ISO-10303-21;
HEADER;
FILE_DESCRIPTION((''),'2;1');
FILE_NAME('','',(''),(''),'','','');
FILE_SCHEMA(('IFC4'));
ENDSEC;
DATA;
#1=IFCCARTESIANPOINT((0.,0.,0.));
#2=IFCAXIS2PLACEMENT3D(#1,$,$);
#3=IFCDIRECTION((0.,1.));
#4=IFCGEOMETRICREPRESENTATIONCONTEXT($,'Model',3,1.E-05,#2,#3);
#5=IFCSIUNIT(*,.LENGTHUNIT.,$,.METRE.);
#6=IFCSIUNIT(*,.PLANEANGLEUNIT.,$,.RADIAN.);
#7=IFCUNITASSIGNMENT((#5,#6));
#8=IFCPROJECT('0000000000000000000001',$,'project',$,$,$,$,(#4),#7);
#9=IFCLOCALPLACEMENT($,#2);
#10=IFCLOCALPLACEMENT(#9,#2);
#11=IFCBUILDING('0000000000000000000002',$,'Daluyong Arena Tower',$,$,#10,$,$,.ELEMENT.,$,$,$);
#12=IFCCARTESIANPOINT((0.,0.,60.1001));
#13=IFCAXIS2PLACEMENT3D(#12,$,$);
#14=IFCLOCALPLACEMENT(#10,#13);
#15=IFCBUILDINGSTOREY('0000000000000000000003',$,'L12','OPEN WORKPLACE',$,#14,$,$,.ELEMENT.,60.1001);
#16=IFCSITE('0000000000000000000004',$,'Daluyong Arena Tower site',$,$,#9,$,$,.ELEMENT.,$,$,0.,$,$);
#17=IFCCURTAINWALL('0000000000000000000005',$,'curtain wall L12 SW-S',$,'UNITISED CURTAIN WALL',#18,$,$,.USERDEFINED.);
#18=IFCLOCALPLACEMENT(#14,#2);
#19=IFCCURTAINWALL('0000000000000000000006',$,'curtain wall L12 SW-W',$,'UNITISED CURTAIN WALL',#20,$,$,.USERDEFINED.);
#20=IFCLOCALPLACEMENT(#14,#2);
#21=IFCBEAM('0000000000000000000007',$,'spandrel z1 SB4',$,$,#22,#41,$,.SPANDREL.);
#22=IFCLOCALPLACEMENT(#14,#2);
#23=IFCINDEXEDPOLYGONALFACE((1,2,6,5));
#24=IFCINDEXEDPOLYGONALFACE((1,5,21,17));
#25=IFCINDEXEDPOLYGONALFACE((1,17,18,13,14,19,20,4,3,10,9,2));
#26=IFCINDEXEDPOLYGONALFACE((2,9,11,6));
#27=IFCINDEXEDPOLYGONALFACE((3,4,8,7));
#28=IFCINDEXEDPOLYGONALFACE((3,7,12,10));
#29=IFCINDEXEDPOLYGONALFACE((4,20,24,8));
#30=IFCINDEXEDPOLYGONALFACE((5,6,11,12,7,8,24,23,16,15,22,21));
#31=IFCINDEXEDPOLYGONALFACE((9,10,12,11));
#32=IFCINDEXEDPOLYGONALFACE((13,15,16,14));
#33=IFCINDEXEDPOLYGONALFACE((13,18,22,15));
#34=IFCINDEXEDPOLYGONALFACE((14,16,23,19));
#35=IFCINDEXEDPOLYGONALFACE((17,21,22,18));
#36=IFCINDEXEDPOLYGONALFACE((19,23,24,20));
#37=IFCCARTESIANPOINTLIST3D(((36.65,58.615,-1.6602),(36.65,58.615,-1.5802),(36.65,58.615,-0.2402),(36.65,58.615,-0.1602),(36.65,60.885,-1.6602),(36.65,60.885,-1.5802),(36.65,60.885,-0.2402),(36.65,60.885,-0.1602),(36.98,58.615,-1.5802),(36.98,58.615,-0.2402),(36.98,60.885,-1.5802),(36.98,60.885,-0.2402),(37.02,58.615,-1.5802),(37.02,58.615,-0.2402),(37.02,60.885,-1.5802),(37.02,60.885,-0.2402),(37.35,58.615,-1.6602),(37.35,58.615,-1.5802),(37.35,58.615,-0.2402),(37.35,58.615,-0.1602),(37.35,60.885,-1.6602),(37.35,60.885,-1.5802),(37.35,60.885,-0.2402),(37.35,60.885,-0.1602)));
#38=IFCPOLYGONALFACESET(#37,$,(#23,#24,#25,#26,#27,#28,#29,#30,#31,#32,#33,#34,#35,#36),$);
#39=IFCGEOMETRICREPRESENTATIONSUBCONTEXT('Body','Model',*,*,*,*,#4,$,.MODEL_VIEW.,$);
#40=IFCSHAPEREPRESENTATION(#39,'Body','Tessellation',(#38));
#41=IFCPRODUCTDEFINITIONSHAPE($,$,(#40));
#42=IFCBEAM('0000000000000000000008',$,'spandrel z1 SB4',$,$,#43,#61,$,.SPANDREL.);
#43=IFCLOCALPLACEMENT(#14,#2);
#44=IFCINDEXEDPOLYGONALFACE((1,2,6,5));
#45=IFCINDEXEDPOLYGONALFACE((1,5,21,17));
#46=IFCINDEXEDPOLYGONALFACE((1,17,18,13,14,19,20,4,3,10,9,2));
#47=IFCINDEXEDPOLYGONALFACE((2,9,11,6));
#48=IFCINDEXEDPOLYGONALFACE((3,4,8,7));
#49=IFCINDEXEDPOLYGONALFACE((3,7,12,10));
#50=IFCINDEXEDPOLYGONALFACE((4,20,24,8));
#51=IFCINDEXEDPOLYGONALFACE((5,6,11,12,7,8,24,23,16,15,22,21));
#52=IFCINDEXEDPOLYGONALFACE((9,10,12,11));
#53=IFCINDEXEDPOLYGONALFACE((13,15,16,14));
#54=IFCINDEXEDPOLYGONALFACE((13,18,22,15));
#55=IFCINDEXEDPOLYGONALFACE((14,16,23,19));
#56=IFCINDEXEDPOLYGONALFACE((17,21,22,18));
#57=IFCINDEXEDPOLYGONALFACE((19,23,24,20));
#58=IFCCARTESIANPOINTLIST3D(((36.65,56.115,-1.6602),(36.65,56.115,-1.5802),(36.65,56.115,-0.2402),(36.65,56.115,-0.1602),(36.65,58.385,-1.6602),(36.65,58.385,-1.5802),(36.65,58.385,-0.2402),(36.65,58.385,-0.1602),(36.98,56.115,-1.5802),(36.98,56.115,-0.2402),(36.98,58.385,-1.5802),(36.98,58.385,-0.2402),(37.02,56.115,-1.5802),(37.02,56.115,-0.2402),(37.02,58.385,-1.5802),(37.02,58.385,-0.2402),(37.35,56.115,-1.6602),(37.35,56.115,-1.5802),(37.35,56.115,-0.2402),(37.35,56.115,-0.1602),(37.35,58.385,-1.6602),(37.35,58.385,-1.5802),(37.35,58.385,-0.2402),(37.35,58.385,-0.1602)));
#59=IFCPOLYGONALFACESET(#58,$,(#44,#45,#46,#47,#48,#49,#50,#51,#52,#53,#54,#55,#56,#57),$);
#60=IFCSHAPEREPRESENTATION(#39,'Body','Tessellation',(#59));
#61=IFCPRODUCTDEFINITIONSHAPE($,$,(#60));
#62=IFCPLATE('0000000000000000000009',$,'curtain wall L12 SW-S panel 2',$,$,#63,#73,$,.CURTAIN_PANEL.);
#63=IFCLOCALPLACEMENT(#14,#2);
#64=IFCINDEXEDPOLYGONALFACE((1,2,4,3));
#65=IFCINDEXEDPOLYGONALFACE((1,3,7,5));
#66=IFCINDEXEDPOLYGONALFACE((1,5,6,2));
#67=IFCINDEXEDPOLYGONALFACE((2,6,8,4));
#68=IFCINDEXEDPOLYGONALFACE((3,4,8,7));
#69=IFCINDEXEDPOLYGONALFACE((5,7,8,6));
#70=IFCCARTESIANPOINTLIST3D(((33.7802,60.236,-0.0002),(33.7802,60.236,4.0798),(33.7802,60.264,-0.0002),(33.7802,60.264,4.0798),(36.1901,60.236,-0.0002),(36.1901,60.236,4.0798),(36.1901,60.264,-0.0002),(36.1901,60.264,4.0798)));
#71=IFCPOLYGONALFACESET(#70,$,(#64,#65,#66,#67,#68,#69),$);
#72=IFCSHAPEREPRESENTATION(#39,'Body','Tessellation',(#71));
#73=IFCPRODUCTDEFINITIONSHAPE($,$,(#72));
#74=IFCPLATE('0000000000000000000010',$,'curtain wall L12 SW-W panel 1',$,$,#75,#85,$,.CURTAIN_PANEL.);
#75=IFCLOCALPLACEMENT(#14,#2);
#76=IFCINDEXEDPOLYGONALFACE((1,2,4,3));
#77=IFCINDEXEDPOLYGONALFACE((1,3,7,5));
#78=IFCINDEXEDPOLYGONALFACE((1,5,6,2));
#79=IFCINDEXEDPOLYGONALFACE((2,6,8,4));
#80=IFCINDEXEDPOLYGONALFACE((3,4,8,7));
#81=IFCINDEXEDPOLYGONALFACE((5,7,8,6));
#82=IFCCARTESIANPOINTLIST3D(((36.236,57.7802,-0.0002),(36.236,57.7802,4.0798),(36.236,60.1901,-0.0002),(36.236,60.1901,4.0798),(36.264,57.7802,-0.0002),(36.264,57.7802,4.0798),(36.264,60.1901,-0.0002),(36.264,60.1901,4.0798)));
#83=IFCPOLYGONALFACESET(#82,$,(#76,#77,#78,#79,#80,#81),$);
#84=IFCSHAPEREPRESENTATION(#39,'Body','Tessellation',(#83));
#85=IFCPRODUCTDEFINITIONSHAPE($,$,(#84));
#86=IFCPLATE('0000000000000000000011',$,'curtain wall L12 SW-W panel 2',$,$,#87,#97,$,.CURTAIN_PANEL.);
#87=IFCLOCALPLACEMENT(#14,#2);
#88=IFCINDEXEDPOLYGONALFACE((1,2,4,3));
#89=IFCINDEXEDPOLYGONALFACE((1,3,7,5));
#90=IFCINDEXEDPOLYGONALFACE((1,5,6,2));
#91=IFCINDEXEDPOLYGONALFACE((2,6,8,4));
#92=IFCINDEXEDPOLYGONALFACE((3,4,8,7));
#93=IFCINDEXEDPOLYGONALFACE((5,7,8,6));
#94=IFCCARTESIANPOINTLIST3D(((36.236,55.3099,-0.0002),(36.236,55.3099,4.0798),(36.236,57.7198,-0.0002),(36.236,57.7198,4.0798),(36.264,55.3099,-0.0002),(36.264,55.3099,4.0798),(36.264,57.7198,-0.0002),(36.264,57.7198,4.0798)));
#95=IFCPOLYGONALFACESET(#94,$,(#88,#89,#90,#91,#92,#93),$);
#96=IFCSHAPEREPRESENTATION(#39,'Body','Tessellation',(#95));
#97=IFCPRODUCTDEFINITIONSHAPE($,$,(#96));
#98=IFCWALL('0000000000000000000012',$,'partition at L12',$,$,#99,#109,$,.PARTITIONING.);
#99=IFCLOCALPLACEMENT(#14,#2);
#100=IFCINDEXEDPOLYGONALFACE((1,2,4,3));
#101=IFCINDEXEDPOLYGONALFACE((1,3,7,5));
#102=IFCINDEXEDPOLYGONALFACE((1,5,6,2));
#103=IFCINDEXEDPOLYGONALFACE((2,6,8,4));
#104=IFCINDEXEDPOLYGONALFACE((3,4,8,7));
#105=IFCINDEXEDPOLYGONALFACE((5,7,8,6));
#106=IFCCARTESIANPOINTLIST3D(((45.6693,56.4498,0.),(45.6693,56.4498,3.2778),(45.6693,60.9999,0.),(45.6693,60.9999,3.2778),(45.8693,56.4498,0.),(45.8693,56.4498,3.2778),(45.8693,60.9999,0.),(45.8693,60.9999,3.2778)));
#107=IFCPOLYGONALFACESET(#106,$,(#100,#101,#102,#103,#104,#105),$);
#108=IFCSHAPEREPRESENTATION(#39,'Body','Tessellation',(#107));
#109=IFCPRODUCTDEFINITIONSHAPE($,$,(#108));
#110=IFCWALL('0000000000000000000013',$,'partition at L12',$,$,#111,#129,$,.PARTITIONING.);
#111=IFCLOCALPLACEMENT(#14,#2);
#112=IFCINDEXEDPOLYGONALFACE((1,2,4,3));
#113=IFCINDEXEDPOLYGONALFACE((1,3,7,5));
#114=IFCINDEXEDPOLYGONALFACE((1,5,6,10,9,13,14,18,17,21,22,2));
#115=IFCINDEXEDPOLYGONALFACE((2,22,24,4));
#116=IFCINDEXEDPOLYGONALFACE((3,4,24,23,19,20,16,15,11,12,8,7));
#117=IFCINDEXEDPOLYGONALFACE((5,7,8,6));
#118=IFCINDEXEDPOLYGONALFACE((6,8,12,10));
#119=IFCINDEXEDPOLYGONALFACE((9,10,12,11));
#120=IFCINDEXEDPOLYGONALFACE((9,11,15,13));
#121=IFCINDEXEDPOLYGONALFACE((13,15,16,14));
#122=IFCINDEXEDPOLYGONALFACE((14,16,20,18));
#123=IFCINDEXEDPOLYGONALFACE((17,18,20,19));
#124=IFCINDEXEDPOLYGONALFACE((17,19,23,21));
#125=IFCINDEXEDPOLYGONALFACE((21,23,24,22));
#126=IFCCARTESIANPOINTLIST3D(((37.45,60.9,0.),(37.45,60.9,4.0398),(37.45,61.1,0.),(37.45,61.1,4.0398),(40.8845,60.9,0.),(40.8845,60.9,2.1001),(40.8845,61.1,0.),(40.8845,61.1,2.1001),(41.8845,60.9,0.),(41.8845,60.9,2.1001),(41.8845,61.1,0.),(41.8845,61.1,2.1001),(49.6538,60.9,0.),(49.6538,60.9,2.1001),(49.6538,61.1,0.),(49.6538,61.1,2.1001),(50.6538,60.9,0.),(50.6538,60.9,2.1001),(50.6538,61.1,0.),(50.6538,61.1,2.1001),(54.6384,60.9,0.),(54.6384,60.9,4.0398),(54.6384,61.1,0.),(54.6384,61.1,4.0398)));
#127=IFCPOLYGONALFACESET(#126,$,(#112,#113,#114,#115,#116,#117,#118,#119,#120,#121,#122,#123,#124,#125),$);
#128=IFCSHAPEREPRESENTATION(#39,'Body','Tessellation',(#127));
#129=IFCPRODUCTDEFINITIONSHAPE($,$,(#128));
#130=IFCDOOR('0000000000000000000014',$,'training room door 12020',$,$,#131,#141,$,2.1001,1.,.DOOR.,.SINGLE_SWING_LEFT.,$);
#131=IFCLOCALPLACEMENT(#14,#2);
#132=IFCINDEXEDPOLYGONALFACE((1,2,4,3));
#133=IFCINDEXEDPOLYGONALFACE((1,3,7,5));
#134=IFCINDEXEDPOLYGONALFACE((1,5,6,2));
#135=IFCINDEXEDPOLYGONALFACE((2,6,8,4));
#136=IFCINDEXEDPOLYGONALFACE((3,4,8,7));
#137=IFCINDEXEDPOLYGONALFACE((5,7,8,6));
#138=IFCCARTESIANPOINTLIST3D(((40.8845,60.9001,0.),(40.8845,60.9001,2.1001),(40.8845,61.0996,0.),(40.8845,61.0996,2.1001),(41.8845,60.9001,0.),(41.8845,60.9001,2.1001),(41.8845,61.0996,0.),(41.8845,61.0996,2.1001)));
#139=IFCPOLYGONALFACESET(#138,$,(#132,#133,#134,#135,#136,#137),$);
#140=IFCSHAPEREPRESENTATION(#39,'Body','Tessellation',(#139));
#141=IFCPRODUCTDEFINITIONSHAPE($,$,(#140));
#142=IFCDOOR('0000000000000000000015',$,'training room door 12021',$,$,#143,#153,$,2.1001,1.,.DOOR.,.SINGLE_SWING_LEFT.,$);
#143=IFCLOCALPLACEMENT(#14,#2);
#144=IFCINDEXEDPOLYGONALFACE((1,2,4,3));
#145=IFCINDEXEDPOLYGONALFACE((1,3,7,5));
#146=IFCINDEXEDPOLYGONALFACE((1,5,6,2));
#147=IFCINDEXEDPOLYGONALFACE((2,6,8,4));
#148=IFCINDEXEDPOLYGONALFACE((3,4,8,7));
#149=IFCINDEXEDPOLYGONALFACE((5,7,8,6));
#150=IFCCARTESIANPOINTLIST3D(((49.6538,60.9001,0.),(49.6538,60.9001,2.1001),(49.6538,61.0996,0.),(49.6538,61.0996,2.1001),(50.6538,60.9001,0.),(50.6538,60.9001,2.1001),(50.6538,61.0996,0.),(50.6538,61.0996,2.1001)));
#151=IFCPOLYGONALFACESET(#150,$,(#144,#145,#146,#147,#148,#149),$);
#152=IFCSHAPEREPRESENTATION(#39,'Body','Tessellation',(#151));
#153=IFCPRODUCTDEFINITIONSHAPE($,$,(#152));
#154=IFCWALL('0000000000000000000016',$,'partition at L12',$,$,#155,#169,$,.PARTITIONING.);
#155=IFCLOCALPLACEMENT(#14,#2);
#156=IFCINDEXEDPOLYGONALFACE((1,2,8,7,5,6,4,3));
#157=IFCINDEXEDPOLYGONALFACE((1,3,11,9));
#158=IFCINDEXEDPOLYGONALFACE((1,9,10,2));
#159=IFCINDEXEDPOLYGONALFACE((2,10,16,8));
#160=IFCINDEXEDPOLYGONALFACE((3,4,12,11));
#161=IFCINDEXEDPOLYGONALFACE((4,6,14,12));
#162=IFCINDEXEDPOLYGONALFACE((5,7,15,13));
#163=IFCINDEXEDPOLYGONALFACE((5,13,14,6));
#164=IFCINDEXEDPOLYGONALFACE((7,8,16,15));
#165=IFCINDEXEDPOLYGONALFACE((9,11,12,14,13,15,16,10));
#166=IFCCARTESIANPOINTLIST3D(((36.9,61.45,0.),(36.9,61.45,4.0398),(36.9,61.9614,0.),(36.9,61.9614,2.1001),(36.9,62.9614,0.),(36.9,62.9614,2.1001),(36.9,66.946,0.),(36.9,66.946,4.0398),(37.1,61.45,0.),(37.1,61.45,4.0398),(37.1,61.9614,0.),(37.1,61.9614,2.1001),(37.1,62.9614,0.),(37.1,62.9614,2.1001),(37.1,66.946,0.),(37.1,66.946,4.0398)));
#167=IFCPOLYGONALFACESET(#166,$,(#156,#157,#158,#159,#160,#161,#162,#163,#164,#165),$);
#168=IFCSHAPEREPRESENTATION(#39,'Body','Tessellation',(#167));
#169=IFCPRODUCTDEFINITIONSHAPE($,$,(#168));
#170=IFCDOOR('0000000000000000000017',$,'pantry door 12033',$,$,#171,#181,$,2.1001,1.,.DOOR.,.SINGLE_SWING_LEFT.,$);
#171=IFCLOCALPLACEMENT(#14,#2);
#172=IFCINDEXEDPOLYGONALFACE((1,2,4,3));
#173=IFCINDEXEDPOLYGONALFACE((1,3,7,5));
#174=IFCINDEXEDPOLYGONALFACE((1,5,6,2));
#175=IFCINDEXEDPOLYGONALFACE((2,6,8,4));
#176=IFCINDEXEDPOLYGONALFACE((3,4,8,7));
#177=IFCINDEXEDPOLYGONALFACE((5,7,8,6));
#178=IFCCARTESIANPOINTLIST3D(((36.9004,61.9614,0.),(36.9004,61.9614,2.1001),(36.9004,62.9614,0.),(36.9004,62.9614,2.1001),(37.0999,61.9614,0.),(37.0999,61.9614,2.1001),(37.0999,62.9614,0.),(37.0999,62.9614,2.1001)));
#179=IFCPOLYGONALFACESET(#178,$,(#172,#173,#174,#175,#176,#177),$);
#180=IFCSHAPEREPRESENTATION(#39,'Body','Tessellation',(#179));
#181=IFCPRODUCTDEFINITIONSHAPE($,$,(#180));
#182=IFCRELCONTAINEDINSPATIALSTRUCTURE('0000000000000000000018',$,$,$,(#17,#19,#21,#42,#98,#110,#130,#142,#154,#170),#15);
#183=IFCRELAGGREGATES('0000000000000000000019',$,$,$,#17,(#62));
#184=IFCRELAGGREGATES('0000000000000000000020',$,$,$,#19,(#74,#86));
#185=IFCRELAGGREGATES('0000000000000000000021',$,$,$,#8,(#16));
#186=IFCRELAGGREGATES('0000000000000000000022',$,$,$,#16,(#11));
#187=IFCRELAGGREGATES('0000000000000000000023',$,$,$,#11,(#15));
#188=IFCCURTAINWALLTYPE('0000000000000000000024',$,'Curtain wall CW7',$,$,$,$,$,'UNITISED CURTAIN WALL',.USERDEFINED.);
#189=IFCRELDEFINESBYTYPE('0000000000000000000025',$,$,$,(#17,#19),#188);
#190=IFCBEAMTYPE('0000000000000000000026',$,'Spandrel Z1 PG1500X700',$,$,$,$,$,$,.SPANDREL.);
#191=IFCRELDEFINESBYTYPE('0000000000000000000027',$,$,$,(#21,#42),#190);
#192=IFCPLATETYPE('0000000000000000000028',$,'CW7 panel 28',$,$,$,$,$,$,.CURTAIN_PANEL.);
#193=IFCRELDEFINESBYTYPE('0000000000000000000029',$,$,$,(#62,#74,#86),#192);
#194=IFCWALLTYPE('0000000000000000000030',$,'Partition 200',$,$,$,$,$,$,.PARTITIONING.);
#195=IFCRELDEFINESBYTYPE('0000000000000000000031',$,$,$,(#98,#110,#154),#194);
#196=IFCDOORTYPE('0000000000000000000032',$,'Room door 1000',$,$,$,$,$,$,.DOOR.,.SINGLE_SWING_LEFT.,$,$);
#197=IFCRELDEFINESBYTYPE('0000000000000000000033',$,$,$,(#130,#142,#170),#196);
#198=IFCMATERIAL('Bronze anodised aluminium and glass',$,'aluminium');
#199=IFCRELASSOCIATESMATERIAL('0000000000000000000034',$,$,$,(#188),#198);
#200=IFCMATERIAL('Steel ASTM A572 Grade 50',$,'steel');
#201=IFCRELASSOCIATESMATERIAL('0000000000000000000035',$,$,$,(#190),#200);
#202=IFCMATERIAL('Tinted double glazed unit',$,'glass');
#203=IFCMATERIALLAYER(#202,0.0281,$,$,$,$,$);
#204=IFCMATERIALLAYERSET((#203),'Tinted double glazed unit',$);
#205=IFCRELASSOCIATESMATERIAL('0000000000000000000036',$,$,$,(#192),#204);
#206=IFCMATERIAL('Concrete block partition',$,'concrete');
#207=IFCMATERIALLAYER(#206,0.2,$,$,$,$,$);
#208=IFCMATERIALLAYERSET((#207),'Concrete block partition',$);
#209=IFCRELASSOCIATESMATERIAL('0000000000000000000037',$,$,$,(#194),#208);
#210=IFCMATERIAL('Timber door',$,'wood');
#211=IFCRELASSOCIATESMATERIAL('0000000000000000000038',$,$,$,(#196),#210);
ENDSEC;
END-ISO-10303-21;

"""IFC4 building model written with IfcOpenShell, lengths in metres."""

from ifc_helpers import new_model, si_unit, direction, frame, frame_2d, origin, origin_2d, place, context, subcontext, project, spatial, rectangle, i_section, extrude, material, layer, layer_set, material_profile, profile_set, type_object, element, fill, aggregate, save


model = new_model("IFC4")

# Units and contexts
model_context = context("Model", 3, precision=1e-05, world=origin(), true_north=direction((0.0, 1.0)))
body_context = subcontext(model_context, "Body", "Model", "MODEL_VIEW")
ifc_project = project(units=[si_unit("LENGTHUNIT", "METRE"), si_unit("PLANEANGLEUNIT", "RADIAN")], contexts=[model_context])

# Site, building, storey
site_placement = place(None, origin())
site = spatial("IfcSite", under=ifc_project, at=site_placement, Name="Daluyong Arena Tower site", CompositionType="ELEMENT", RefElevation=0.0)
building_placement = place(site_placement, origin())
building = spatial("IfcBuilding", under=site, at=building_placement, Name="Daluyong Arena Tower", CompositionType="ELEMENT")
storey_placement = place(building_placement, frame((0.0, 0.0, 60.1001)))
storey = spatial("IfcBuildingStorey", under=building, at=storey_placement, Name="L12", Description="OPEN WORKPLACE", CompositionType="ELEMENT", Elevation=60.1001)

# Curtain wall
ifc_material_1 = material(Name="Bronze anodised aluminium and glass", Category="aluminium")
curtain_wall_type = type_object("IfcCurtainWallType", Name="Curtain wall CW7", ElementType="UNITISED CURTAIN WALL", PredefinedType="USERDEFINED", material=ifc_material_1)
curtain_wall_1_placement = place(storey_placement, origin())
curtain_wall_1 = element("IfcCurtainWall", 1, at=curtain_wall_1_placement, inside=storey, type_object=curtain_wall_type, Name="curtain wall L12 SW-S", ObjectType="UNITISED CURTAIN WALL", PredefinedType="USERDEFINED")

# Curtain wall
curtain_wall_2_placement = place(storey_placement, origin())
curtain_wall_2 = element("IfcCurtainWall", 2, at=curtain_wall_2_placement, inside=storey, type_object=curtain_wall_type, Name="curtain wall L12 SW-W", ObjectType="UNITISED CURTAIN WALL", PredefinedType="USERDEFINED")

# Beams
ifc_material_2 = material(Name="Steel ASTM A572 Grade 50", Category="steel")
ifc_material_profile_1 = material_profile(ifc_material_2, i_section(OverallWidth=0.7, OverallDepth=1.5, WebThickness=0.04, FlangeThickness=0.08, at=origin_2d()))
ifc_profile_set_1 = profile_set([ifc_material_profile_1], Name="Steel ASTM A572 Grade 50")
beam_type_1 = type_object("IfcBeamType", Name="Spandrel Z1 PG1500X700", PredefinedType="SPANDREL", material=ifc_profile_set_1)
for number, where, z_axis, x_axis, name in (
    (3, (37.0, 60.885, -0.9102), (0.0, -1.0, 0.0), (1.0, 0.0, 0.0), "spandrel z1 SB4"),
    (4, (37.0, 58.385, -0.9102), (0.0, -1.0, 0.0), (1.0, 0.0, 0.0), "spandrel z1 SB4"),
):
    element("IfcBeam", number, at=place(storey_placement, frame(where, z_axis=z_axis, x_axis=x_axis)), inside=storey, type_object=beam_type_1, Name=name, PredefinedType="SPANDREL", context=body_context, shape_type="SweptSolid", body=[
        extrude(i_section(OverallWidth=0.7, OverallDepth=1.5, WebThickness=0.04, FlangeThickness=0.08, at=origin_2d()), origin(), (0.0, 0.0, 1.0), 2.27),
    ])

# Plates
ifc_material_3 = material(Name="Tinted double glazed unit", Category="glass")
ifc_layer_1 = layer(ifc_material_3, 0.0281)
ifc_layer_set_1 = layer_set([ifc_layer_1], Name="Tinted double glazed unit")
plate_type = type_object("IfcPlateType", Name="CW7 panel 28", PredefinedType="CURTAIN_PANEL", material=ifc_layer_set_1)
plate_1_placement = place(storey_placement, frame((34.9851, 60.25, -0.0002), z_axis=(0.0, 0.0, 1.0), x_axis=(1.0, 0.0, 0.0)))
plate_1 = element("IfcPlate", 5, at=plate_1_placement, type_object=plate_type, Name="curtain wall L12 SW-S panel 2", PredefinedType="CURTAIN_PANEL", context=body_context, shape_type="SweptSolid", body=[
    extrude(rectangle(XDim=2.4099, YDim=0.0281, at=origin_2d()), origin(), (0.0, 0.0, 1.0), 4.0801),
])
aggregate(curtain_wall_1, [plate_1])
plate_2_placement = place(storey_placement, frame((36.25, 58.9851, -0.0002), z_axis=(0.0, 0.0, 1.0), x_axis=(0.0, -1.0, 0.0)))
plate_2 = element("IfcPlate", 6, at=plate_2_placement, type_object=plate_type, Name="curtain wall L12 SW-W panel 1", PredefinedType="CURTAIN_PANEL", context=body_context, shape_type="SweptSolid", body=[
    extrude(rectangle(XDim=2.4099, YDim=0.0281, at=origin_2d()), origin(), (0.0, 0.0, 1.0), 4.0801),
])
plate_3_placement = place(storey_placement, frame((36.25, 56.5149, -0.0002), z_axis=(0.0, 0.0, 1.0), x_axis=(0.0, -1.0, 0.0)))
plate_3 = element("IfcPlate", 7, at=plate_3_placement, type_object=plate_type, Name="curtain wall L12 SW-W panel 2", PredefinedType="CURTAIN_PANEL", context=body_context, shape_type="SweptSolid", body=[
    extrude(rectangle(XDim=2.4099, YDim=0.0281, at=origin_2d()), origin(), (0.0, 0.0, 1.0), 4.0801),
])
aggregate(curtain_wall_2, [plate_2, plate_3])

# Wall
ifc_material_4 = material(Name="Concrete block partition", Category="concrete")
ifc_layer_2 = layer(ifc_material_4, 0.2)
ifc_layer_set_2 = layer_set([ifc_layer_2], Name="Concrete block partition")
wall_type = type_object("IfcWallType", Name="Partition 200", PredefinedType="PARTITIONING", material=ifc_layer_set_2)
wall_1_placement = place(storey_placement, frame((45.7693, 56.45, 0.0), z_axis=(0.0, 0.0, 1.0), x_axis=(0.0, 1.0, 0.0)))
element("IfcWall", 8, at=wall_1_placement, inside=storey, type_object=wall_type, Name="partition at L12", PredefinedType="PARTITIONING", context=body_context, shape_type="SweptSolid", body=[
    extrude(rectangle(XDim=4.55, YDim=0.2, at=frame_2d((2.2749, 0.0))), origin(), (0.0, 0.0, 1.0), 3.2778),
])

# Wall, openings, doors
wall_2_placement = place(storey_placement, frame((37.45, 61.0, 0.0), z_axis=(0.0, 0.0, 1.0), x_axis=(1.0, 0.0, 0.0)))
wall_2 = element("IfcWall", 9, at=wall_2_placement, inside=storey, type_object=wall_type, Name="partition at L12", PredefinedType="PARTITIONING", context=body_context, shape_type="SweptSolid", body=[
    extrude(rectangle(XDim=17.1885, YDim=0.2, at=frame_2d((8.5942, 0.0))), origin(), (0.0, 0.0, 1.0), 4.0398),
])
opening_1_placement = place(wall_2_placement, frame((3.4346, 0.0, 0.0)))
opening_1 = element("IfcOpeningElement", 10, at=opening_1_placement, cuts=wall_2, PredefinedType="OPENING", context=body_context, shape_type="SweptSolid", body=[
    extrude(rectangle(XDim=1.0, YDim=2.1001, at=frame_2d((0.5, 1.05))), frame((0.0, 0.1099, 0.0), z_axis=(0.0, -1.0, 0.0), x_axis=(1.0, 0.0, 0.0)), (0.0, 0.0, 1.0), 0.22),
])
opening_2_placement = place(wall_2_placement, frame((12.2039, 0.0, 0.0)))
opening_2 = element("IfcOpeningElement", 11, at=opening_2_placement, cuts=wall_2, PredefinedType="OPENING", context=body_context, shape_type="SweptSolid", body=[
    extrude(rectangle(XDim=1.0, YDim=2.1001, at=frame_2d((0.5, 1.05))), frame((0.0, 0.1099, 0.0), z_axis=(0.0, -1.0, 0.0), x_axis=(1.0, 0.0, 0.0)), (0.0, 0.0, 1.0), 0.22),
])
ifc_material_5 = material(Name="Timber door", Category="wood")
door_type = type_object("IfcDoorType", Name="Room door 1000", OperationType="SINGLE_SWING_LEFT", PredefinedType="DOOR", material=ifc_material_5)
door_1_placement = place(opening_1_placement, origin())
door_1 = element("IfcDoor", 12, at=door_1_placement, inside=storey, type_object=door_type, Name="training room door 12020", OperationType="SINGLE_SWING_LEFT", OverallHeight=2.1001, OverallWidth=1.0, PredefinedType="DOOR", context=body_context, shape_type="SweptSolid", body=[
    extrude(rectangle(XDim=1.0, YDim=2.1001, at=frame_2d((0.5, 1.05))), frame((0.0, 0.0996, 0.0), z_axis=(0.0, -1.0, 0.0), x_axis=(1.0, 0.0, 0.0)), (0.0, 0.0, 1.0), 0.1995),
])
fill(opening_1, door_1)
door_2_placement = place(opening_2_placement, origin())
door_2 = element("IfcDoor", 13, at=door_2_placement, inside=storey, type_object=door_type, Name="training room door 12021", OperationType="SINGLE_SWING_LEFT", OverallHeight=2.1001, OverallWidth=1.0, PredefinedType="DOOR", context=body_context, shape_type="SweptSolid", body=[
    extrude(rectangle(XDim=1.0, YDim=2.1001, at=frame_2d((0.5, 1.05))), frame((0.0, 0.0996, 0.0), z_axis=(0.0, -1.0, 0.0), x_axis=(1.0, 0.0, 0.0)), (0.0, 0.0, 1.0), 0.1995),
])
fill(opening_2, door_2)

# Wall, opening, door
wall_3_placement = place(storey_placement, frame((37.0, 61.45, 0.0), z_axis=(0.0, 0.0, 1.0), x_axis=(0.0, 1.0, 0.0)))
wall_3 = element("IfcWall", 14, at=wall_3_placement, inside=storey, type_object=wall_type, Name="partition at L12", PredefinedType="PARTITIONING", context=body_context, shape_type="SweptSolid", body=[
    extrude(rectangle(XDim=5.4961, YDim=0.2, at=frame_2d((2.748, 0.0))), origin(), (0.0, 0.0, 1.0), 4.0398),
])
opening_3_placement = place(wall_3_placement, frame((0.5115, 0.0, 0.0)))
opening_3 = element("IfcOpeningElement", 15, at=opening_3_placement, cuts=wall_3, PredefinedType="OPENING", context=body_context, shape_type="SweptSolid", body=[
    extrude(rectangle(XDim=1.0, YDim=2.1001, at=frame_2d((0.5, 1.05))), frame((0.0, 0.1099, 0.0), z_axis=(0.0, -1.0, 0.0), x_axis=(1.0, 0.0, 0.0)), (0.0, 0.0, 1.0), 0.22),
])
door_3_placement = place(opening_3_placement, origin())
door_3 = element("IfcDoor", 16, at=door_3_placement, inside=storey, type_object=door_type, Name="pantry door 12033", OperationType="SINGLE_SWING_LEFT", OverallHeight=2.1001, OverallWidth=1.0, PredefinedType="DOOR", context=body_context, shape_type="SweptSolid", body=[
    extrude(rectangle(XDim=1.0, YDim=2.1001, at=frame_2d((0.5, 1.05))), frame((0.0, 0.0996, 0.0), z_axis=(0.0, -1.0, 0.0), x_axis=(1.0, 0.0, 0.0)), (0.0, 0.0, 1.0), 0.1995),
])
fill(opening_3, door_3)

save(model, "model.ifc")
